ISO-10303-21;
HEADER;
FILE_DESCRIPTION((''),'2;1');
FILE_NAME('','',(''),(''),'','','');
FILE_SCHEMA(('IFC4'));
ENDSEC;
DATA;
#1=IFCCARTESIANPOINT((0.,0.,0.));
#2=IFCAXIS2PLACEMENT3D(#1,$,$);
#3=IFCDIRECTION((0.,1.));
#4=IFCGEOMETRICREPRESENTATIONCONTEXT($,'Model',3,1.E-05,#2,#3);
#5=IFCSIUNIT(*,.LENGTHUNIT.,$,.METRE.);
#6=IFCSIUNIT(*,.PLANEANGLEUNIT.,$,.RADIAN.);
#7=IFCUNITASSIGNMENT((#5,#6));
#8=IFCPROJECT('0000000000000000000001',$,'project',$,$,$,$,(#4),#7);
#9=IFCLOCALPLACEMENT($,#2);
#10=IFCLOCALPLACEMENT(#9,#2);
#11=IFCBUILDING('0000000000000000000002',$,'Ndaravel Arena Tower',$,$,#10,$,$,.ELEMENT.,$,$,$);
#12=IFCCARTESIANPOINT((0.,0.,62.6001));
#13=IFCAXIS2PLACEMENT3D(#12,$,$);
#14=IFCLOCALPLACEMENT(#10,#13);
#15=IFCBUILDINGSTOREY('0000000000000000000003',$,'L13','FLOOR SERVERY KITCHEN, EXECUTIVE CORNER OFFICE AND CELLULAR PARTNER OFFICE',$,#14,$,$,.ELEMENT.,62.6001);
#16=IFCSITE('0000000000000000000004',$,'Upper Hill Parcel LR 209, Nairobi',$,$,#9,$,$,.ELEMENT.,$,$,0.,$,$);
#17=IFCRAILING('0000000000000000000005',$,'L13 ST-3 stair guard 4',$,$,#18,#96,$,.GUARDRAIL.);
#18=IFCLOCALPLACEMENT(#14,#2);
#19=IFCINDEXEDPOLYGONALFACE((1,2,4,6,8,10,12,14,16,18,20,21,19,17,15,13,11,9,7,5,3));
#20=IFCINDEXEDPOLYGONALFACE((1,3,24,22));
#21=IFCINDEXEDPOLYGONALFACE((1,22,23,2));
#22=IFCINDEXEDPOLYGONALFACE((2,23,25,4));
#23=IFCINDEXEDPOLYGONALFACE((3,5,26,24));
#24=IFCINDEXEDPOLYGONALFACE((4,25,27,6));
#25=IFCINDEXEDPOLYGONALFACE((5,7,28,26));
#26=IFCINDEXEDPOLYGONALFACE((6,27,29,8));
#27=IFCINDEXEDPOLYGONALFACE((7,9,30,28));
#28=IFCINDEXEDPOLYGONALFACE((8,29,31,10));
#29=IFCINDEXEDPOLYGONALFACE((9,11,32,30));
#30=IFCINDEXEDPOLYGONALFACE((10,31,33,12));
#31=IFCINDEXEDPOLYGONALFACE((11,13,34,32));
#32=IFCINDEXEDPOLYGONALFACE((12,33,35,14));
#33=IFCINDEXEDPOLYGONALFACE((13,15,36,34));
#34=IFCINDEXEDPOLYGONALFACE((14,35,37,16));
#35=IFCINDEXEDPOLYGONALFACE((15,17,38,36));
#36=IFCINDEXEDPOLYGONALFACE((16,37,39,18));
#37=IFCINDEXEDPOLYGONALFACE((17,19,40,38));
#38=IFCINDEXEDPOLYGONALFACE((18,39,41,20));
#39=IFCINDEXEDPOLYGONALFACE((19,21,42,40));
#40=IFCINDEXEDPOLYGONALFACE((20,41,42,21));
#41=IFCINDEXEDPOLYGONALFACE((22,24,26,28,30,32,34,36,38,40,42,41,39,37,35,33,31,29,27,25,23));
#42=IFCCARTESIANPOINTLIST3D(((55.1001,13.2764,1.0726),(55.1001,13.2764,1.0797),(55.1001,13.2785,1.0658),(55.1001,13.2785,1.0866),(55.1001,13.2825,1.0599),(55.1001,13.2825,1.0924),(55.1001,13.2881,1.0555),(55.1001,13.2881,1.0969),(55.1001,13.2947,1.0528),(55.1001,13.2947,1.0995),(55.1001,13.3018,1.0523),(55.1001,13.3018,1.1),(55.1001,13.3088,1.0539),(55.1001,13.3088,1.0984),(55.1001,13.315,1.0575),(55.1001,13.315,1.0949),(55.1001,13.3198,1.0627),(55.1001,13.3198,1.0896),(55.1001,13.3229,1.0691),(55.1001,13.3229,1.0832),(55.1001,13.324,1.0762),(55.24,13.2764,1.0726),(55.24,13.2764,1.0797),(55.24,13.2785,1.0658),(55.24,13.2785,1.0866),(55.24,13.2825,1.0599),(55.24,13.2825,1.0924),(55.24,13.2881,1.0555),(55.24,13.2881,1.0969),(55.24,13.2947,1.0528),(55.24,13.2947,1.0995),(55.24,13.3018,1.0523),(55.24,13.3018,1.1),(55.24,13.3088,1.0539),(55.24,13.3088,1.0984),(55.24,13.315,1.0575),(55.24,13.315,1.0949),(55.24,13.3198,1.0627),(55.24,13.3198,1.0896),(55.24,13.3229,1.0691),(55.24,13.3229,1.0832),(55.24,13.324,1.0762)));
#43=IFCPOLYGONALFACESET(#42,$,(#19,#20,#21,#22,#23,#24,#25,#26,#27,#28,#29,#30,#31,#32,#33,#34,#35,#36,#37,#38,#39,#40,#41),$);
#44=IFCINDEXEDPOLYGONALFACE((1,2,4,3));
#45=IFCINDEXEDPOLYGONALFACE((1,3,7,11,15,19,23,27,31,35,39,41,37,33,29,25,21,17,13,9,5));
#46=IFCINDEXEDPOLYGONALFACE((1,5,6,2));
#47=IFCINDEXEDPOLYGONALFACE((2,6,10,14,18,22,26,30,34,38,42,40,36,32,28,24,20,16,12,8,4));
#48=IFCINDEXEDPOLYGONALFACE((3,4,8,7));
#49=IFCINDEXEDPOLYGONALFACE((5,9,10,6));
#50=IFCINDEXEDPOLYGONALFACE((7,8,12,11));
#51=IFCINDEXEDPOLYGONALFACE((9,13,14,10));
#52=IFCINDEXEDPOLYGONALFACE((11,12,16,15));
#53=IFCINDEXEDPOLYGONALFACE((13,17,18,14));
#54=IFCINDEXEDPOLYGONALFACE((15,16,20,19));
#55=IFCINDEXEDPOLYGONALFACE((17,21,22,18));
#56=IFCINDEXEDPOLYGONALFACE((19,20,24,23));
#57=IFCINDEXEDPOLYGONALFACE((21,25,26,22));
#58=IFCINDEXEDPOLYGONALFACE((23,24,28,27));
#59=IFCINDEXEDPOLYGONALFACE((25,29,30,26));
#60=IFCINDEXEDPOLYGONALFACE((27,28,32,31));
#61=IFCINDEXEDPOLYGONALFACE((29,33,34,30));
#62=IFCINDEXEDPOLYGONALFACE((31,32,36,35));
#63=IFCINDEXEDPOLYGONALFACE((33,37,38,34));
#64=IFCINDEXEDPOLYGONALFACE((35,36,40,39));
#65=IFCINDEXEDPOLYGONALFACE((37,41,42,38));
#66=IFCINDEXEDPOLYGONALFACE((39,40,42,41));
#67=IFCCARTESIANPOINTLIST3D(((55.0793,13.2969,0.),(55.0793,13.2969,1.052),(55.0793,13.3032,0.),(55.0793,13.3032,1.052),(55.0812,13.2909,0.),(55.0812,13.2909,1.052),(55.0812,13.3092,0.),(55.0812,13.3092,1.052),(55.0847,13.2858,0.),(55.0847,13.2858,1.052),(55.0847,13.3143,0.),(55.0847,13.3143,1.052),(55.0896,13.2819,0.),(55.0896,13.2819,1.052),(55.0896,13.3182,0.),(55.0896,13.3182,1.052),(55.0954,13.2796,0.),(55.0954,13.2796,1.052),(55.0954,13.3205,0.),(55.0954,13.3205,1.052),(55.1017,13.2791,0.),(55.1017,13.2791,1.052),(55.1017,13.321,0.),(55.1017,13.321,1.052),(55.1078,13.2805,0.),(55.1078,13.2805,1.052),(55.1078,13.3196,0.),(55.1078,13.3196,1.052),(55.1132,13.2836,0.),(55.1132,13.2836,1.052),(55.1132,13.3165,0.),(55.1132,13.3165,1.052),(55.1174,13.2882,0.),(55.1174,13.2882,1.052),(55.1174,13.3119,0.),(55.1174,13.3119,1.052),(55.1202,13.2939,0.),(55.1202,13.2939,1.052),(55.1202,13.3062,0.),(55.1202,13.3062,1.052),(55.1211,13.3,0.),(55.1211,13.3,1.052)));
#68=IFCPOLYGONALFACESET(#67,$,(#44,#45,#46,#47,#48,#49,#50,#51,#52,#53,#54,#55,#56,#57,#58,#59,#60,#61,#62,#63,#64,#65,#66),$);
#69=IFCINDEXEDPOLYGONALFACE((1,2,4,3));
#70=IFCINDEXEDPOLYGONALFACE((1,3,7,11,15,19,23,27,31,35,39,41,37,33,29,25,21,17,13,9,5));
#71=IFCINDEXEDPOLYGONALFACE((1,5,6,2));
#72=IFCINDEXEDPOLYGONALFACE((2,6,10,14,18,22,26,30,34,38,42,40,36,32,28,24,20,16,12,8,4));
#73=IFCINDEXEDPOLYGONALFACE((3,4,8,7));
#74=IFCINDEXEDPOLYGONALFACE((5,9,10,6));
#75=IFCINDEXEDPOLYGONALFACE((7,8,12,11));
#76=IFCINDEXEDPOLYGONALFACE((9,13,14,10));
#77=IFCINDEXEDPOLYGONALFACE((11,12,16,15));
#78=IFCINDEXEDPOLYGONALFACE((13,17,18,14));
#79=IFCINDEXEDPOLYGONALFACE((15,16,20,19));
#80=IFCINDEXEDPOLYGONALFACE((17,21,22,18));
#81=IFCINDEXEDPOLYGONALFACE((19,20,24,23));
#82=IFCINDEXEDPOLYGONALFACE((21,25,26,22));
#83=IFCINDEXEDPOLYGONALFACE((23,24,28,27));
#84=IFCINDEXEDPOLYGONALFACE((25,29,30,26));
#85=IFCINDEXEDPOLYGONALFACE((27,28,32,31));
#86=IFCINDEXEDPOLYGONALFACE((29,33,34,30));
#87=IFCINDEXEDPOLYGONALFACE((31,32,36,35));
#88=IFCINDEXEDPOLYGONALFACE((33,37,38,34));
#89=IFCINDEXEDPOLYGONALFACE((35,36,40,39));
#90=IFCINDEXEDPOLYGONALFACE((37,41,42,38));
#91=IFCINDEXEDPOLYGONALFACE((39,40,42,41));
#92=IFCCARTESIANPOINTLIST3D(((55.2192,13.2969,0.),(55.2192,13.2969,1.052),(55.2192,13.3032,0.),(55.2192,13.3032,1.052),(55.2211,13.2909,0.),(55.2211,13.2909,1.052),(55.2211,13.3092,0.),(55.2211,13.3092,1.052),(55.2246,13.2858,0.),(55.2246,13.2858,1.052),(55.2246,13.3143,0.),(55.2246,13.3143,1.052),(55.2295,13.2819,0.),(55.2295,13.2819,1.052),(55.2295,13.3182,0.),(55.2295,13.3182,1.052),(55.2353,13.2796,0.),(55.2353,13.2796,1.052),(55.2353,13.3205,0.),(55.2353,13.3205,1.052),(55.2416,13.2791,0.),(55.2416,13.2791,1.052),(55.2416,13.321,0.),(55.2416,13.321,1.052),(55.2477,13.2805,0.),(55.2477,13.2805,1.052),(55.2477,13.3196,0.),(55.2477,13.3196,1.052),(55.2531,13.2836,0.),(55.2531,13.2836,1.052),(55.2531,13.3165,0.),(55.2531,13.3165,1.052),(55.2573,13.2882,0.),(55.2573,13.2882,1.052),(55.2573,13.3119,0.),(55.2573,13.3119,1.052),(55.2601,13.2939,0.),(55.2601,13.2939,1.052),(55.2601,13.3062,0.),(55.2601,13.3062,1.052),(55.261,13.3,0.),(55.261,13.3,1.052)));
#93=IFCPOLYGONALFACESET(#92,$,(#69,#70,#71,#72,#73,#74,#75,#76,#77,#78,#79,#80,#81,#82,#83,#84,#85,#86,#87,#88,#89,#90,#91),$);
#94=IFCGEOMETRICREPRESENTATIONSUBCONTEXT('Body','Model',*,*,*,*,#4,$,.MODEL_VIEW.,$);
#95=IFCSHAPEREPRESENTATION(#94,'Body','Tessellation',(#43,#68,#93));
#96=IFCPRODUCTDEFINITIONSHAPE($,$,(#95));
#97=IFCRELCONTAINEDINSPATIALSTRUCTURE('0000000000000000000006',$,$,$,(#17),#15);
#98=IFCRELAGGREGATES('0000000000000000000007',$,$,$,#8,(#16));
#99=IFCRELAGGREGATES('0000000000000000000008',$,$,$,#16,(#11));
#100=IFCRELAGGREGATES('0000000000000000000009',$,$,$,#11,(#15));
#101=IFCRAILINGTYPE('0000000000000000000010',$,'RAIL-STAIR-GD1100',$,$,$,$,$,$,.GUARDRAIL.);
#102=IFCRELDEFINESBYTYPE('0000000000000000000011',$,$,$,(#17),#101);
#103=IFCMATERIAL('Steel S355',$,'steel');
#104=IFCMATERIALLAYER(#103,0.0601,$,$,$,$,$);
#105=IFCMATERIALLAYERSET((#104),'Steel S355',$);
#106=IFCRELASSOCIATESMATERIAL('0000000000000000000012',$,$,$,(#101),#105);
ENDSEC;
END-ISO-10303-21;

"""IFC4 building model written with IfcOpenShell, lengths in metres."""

from ifc_helpers import new_model, si_unit, direction, frame, origin, origin_2d, place, context, subcontext, project, spatial, circle, extrude, material, layer, layer_set, type_object, element, save


model = new_model("IFC4")

# Units and contexts
model_context = context("Model", 3, precision=1e-05, world=origin(), true_north=direction((0.0, 1.0)))
body_context = subcontext(model_context, "Body", "Model", "MODEL_VIEW")
ifc_project = project(units=[si_unit("LENGTHUNIT", "METRE"), si_unit("PLANEANGLEUNIT", "RADIAN")], contexts=[model_context])

# Site, building, storey
site_placement = place(None, origin())
site = spatial("IfcSite", under=ifc_project, at=site_placement, Name="Upper Hill Parcel LR 209, Nairobi", CompositionType="ELEMENT", RefElevation=0.0)
building_placement = place(site_placement, origin())
building = spatial("IfcBuilding", under=site, at=building_placement, Name="Ndaravel Arena Tower", CompositionType="ELEMENT")
storey_placement = place(building_placement, frame((0.0, 0.0, 62.6001)))
storey = spatial("IfcBuildingStorey", under=building, at=storey_placement, Name="L13", Description="FLOOR SERVERY KITCHEN, EXECUTIVE CORNER OFFICE AND CELLULAR PARTNER OFFICE", CompositionType="ELEMENT", Elevation=62.6001)

# Railing
ifc_material_1 = material(Name="Steel S355", Category="steel")
ifc_layer_1 = layer(ifc_material_1, 0.0601)
ifc_layer_set_1 = layer_set([ifc_layer_1], Name="Steel S355")
railing_type_1 = type_object("IfcRailingType", Name="RAIL-STAIR-GD1100", PredefinedType="GUARDRAIL", material=ifc_layer_set_1)
railing_1_placement = place(storey_placement, frame((55.1001, 13.3, 0.0)))
element("IfcRailing", 1, at=railing_1_placement, inside=storey, type_object=railing_type_1, Name="L13 ST-3 stair guard 4", PredefinedType="GUARDRAIL", context=body_context, shape_type="SweptSolid", body=[
    extrude(circle(Radius=0.0239, at=origin_2d()), frame((0.0, 0.0, 1.0762), z_axis=(1.0, 0.0, 0.0), x_axis=(0.0, 1.0, 0.0)), (0.0, 0.0, 1.0), 0.1399),
    extrude(circle(Radius=0.021, at=origin_2d()), origin(), (0.0, 0.0, 1.0), 1.052),
    extrude(circle(Radius=0.021, at=origin_2d()), frame((0.1399, 0.0, 0.0)), (0.0, 0.0, 1.0), 1.052),
])

save(model, "model.ifc")
